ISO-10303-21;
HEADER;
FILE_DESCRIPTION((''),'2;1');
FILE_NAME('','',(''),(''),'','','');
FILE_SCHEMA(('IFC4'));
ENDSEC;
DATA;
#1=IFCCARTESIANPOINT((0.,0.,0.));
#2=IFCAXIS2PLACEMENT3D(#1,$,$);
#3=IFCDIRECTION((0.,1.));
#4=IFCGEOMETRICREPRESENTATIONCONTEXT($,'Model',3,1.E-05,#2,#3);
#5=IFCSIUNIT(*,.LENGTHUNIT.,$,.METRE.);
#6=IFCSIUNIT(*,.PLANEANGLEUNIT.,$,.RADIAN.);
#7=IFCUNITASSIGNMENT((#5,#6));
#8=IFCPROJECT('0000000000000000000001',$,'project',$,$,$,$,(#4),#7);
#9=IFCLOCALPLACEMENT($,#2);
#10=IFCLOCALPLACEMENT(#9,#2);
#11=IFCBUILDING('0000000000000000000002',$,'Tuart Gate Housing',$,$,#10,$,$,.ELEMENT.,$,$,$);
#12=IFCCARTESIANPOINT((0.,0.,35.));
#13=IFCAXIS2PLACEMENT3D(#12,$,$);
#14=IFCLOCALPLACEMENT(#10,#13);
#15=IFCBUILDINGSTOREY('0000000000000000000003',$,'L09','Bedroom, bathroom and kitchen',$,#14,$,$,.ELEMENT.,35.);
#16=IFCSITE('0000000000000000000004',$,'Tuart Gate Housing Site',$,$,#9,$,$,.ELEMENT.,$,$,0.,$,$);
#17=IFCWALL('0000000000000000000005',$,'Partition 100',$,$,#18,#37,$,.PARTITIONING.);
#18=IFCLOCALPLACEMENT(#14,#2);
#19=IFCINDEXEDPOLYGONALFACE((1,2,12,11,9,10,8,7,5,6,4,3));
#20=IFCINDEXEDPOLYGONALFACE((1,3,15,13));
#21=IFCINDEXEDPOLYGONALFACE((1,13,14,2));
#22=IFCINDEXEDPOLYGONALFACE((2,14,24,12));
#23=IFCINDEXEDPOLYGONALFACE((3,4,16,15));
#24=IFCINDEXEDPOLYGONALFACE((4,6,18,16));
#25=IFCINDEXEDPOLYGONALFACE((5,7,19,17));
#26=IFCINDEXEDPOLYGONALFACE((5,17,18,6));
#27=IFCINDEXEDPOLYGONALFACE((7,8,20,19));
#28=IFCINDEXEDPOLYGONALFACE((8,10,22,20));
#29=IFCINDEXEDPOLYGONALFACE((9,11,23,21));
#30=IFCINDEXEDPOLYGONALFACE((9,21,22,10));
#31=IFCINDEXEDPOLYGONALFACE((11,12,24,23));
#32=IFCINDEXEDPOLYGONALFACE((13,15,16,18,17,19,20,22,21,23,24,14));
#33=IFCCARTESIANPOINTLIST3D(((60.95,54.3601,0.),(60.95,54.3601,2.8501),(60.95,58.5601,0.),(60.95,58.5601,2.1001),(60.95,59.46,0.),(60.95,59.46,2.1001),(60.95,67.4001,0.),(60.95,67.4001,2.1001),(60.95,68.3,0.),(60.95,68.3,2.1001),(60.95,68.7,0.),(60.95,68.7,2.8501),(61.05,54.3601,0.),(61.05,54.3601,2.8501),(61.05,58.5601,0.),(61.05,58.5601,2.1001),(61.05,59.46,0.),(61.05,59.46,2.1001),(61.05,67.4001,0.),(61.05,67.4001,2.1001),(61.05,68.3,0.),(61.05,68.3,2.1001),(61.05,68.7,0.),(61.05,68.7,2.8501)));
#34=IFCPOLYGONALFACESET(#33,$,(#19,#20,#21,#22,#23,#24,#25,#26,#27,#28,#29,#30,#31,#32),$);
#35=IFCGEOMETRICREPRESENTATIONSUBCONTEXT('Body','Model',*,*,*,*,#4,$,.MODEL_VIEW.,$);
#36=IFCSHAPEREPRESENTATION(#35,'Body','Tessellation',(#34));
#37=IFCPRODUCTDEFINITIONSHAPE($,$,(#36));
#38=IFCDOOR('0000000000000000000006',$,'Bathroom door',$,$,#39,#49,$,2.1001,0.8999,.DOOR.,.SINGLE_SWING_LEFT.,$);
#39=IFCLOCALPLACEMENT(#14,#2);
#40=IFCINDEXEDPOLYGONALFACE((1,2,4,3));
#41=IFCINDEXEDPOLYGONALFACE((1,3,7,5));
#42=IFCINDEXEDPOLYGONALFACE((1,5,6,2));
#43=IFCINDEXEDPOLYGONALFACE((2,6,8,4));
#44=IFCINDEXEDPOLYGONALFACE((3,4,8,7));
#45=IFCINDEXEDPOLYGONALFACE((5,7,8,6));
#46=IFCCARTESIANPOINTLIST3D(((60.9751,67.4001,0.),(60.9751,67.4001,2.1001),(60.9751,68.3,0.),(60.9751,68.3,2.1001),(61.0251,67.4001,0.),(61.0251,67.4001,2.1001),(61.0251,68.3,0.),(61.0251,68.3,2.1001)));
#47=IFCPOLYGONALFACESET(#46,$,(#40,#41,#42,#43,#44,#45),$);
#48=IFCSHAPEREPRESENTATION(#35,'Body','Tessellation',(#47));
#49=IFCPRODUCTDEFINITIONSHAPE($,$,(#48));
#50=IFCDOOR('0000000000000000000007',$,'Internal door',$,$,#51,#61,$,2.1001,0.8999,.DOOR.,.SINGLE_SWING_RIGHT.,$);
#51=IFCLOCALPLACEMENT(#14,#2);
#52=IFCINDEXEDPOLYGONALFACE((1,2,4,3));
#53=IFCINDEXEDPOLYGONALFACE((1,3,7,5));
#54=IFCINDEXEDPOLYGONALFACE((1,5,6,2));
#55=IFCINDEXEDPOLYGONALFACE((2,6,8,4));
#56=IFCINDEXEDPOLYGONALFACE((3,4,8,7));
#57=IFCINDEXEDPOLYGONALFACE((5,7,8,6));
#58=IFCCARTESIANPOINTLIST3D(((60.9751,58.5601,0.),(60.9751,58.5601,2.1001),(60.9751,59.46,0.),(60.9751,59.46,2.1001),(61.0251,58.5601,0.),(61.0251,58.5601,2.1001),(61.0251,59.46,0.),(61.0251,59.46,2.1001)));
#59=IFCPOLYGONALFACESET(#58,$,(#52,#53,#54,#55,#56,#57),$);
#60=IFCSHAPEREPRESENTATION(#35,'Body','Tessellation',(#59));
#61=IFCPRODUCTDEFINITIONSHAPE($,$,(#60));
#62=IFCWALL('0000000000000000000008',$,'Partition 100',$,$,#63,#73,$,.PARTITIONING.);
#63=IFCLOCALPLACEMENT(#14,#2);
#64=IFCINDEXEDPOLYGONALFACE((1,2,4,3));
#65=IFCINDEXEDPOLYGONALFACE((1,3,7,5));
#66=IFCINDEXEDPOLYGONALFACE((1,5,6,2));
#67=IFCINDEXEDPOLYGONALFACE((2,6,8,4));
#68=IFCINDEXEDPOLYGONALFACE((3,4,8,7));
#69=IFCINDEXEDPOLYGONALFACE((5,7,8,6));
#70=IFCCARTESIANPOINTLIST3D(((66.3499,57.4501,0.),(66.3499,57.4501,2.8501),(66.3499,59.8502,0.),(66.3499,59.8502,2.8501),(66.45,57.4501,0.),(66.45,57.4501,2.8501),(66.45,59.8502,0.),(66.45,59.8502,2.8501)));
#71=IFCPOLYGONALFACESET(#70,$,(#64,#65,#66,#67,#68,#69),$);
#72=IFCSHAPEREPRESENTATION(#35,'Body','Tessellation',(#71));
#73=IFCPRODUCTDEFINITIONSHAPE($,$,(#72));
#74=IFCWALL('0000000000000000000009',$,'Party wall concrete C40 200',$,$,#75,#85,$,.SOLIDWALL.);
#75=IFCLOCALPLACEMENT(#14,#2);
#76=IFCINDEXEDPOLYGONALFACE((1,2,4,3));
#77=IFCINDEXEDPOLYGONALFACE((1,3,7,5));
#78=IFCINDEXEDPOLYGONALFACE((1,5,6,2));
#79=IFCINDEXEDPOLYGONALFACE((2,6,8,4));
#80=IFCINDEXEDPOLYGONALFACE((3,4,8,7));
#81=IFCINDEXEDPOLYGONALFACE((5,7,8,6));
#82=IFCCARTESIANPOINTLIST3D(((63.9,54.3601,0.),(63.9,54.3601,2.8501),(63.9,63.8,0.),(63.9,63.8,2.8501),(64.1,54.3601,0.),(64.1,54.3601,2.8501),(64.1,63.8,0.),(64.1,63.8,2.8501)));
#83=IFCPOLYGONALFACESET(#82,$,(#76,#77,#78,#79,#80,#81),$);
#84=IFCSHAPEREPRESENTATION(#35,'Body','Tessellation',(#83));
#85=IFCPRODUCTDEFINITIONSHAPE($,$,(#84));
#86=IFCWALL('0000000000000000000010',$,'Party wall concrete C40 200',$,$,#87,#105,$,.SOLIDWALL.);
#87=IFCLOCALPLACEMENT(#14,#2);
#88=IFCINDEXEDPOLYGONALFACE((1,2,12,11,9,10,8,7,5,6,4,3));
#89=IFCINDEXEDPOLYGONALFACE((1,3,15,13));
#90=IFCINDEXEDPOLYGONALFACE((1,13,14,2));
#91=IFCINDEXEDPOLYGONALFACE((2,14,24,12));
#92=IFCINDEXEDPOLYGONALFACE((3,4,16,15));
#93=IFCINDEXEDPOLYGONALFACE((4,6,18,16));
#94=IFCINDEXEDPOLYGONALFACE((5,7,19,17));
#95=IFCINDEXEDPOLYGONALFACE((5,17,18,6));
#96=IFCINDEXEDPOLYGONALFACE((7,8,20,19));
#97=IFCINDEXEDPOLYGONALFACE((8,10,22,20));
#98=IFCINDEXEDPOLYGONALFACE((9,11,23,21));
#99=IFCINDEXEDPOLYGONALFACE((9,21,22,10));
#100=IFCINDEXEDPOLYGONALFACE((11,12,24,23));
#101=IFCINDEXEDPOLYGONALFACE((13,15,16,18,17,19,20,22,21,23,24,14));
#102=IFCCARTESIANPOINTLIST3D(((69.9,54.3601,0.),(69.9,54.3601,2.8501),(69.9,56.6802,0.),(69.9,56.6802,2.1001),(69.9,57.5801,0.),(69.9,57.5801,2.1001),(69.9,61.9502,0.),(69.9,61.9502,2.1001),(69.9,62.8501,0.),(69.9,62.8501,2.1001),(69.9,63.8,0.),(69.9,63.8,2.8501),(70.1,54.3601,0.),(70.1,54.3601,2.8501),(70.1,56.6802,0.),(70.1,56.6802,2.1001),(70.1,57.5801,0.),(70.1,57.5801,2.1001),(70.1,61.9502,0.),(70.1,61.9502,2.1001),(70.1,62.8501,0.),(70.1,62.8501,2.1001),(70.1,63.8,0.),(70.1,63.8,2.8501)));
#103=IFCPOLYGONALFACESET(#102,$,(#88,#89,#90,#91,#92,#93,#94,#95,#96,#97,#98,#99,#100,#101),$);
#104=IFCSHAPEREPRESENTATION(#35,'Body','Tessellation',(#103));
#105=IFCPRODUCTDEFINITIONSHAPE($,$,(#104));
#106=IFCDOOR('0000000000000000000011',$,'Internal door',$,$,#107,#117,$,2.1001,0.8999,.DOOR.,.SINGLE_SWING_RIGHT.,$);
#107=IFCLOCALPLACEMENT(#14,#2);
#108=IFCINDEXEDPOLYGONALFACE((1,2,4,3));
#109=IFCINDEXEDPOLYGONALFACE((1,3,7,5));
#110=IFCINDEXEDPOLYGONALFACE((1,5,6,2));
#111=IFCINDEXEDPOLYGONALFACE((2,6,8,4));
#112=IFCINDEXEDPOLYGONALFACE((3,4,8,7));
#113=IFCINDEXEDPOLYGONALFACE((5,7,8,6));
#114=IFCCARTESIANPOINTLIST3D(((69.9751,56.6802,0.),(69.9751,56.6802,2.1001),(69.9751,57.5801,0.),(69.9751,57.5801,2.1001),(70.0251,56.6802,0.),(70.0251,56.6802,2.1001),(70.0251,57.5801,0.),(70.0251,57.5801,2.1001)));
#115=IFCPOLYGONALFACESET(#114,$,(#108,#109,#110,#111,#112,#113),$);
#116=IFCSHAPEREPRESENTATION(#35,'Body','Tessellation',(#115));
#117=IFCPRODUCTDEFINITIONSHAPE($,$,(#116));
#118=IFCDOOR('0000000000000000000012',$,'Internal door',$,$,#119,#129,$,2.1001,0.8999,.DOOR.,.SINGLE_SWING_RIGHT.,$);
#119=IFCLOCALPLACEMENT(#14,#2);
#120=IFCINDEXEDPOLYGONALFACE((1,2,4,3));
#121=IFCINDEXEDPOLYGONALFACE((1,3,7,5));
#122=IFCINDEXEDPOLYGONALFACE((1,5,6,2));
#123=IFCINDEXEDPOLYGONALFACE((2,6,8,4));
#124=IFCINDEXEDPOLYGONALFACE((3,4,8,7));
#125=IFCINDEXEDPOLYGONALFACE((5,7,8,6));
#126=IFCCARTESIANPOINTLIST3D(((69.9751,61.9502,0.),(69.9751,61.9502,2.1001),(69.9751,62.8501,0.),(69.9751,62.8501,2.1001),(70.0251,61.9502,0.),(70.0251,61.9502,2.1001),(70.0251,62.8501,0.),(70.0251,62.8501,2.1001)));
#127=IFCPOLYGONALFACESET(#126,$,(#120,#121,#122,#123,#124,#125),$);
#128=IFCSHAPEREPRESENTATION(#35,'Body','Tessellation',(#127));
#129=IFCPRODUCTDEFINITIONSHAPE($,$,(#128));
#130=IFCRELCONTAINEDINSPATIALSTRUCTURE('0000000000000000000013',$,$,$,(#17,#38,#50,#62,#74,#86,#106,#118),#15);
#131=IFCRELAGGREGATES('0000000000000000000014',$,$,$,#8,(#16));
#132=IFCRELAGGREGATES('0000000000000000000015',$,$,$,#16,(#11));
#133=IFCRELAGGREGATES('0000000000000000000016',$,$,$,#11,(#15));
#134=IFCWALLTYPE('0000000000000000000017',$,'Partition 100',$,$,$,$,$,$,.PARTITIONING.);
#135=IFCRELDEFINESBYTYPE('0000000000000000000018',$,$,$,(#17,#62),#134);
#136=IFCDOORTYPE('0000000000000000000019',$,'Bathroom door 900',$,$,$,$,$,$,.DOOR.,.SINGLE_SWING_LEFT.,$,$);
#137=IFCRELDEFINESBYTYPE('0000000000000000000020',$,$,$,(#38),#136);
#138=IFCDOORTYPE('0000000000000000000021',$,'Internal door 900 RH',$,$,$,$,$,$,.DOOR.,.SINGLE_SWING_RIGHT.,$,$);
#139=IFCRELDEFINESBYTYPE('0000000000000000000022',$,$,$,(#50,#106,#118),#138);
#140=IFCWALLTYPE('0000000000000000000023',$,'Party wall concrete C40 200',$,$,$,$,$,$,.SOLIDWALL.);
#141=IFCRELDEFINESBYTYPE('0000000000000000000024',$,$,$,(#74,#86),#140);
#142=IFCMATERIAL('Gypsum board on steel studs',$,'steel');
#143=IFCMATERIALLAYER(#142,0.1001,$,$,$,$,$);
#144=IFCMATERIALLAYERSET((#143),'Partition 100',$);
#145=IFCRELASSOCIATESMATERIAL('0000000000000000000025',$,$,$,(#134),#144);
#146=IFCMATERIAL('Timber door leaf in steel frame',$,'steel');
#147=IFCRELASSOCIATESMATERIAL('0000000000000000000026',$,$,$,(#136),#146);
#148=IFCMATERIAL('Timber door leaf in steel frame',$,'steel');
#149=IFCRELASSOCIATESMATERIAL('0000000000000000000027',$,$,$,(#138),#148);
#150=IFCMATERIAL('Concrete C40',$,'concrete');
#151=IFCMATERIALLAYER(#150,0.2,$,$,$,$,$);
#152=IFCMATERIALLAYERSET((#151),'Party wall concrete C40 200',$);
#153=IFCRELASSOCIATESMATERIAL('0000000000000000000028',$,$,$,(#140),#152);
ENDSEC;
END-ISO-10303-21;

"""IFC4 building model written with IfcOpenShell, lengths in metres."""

from ifc_helpers import new_model, si_unit, direction, frame, frame_2d, origin, place, context, subcontext, project, spatial, rectangle, extrude, material, layer, layer_set, type_object, element, fill, save


model = new_model("IFC4")

# Units and contexts
model_context = context("Model", 3, precision=1e-05, world=origin(), true_north=direction((0.0, 1.0)))
body_context = subcontext(model_context, "Body", "Model", "MODEL_VIEW")
ifc_project = project(units=[si_unit("LENGTHUNIT", "METRE"), si_unit("PLANEANGLEUNIT", "RADIAN")], contexts=[model_context])

# Site, building, storey
site_placement = place(None, origin())
site = spatial("IfcSite", under=ifc_project, at=site_placement, Name="Tuart Gate Housing Site", CompositionType="ELEMENT", RefElevation=0.0)
building_placement = place(site_placement, origin())
building = spatial("IfcBuilding", under=site, at=building_placement, Name="Tuart Gate Housing", CompositionType="ELEMENT")
storey_placement = place(building_placement, frame((0.0, 0.0, 35.0)))
storey = spatial("IfcBuildingStorey", under=building, at=storey_placement, Name="L09", Description="Bedroom, bathroom and kitchen", CompositionType="ELEMENT", Elevation=35.0)

# Shared definitions
ifc_material_1 = material(Name="Gypsum board on steel studs", Category="steel")
ifc_layer_1 = layer(ifc_material_1, 0.1001)
ifc_layer_set_1 = layer_set([ifc_layer_1], Name="Partition 100")
wall_type_1 = type_object("IfcWallType", Name="Partition 100", PredefinedType="PARTITIONING", material=ifc_layer_set_1)

# Shared definitions
ifc_material_2 = material(Name="Timber door leaf in steel frame", Category="steel")
door_type_1 = type_object("IfcDoorType", Name="Bathroom door 900", OperationType="SINGLE_SWING_LEFT", PredefinedType="DOOR", material=ifc_material_2)
ifc_material_3 = material(Name="Timber door leaf in steel frame", Category="steel")
door_type_2 = type_object("IfcDoorType", Name="Internal door 900 RH", OperationType="SINGLE_SWING_RIGHT", PredefinedType="DOOR", material=ifc_material_3)

# Wall, openings, doors
wall_1_placement = place(storey_placement, frame((61.0, 54.3601, 0.0), z_axis=(0.0, 0.0, 1.0), x_axis=(0.0, 1.0, 0.0)))
wall_1 = element("IfcWall", 1, at=wall_1_placement, inside=storey, type_object=wall_type_1, Name="Partition 100", PredefinedType="PARTITIONING", context=body_context, shape_type="SweptSolid", body=[
    extrude(rectangle(XDim=14.3398, YDim=0.1001, at=frame_2d((7.1699, 0.0))), origin(), (0.0, 0.0, 1.0), 2.8501),
])
opening_1_placement = place(wall_1_placement, frame((4.2, 0.0, 0.0)))
opening_1 = element("IfcOpeningElement", 2, at=opening_1_placement, cuts=wall_1, PredefinedType="OPENING", context=body_context, shape_type="SweptSolid", body=[
    extrude(rectangle(XDim=0.8999, YDim=2.1001, at=frame_2d((0.45, 1.05))), frame((0.0, 0.0601, 0.0), z_axis=(0.0, -1.0, 0.0), x_axis=(1.0, 0.0, 0.0)), (0.0, 0.0, 1.0), 0.1201),
])
opening_2_placement = place(wall_1_placement, frame((13.04, 0.0, 0.0)))
opening_2 = element("IfcOpeningElement", 3, at=opening_2_placement, cuts=wall_1, PredefinedType="OPENING", context=body_context, shape_type="SweptSolid", body=[
    extrude(rectangle(XDim=0.8999, YDim=2.1001, at=frame_2d((0.45, 1.05))), frame((0.0, 0.0601, 0.0), z_axis=(0.0, -1.0, 0.0), x_axis=(1.0, 0.0, 0.0)), (0.0, 0.0, 1.0), 0.1201),
])
door_1_placement = place(opening_2_placement, frame((0.8999, 0.0, 0.0), z_axis=(0.0, 0.0, 1.0), x_axis=(-1.0, 0.0, 0.0)))
door_1 = element("IfcDoor", 4, at=door_1_placement, inside=storey, type_object=door_type_1, Name="Bathroom door", OperationType="SINGLE_SWING_LEFT", OverallHeight=2.1001, OverallWidth=0.8999, PredefinedType="DOOR", context=body_context, shape_type="SweptSolid", body=[
    extrude(rectangle(XDim=0.8999, YDim=2.1001, at=frame_2d((0.45, 1.05))), frame((0.0, 0.0251, 0.0), z_axis=(0.0, -1.0, 0.0), x_axis=(1.0, 0.0, 0.0)), (0.0, 0.0, 1.0), 0.05),
])
fill(opening_2, door_1)
door_2_placement = place(opening_1_placement, frame((0.8999, 0.0, 0.0), z_axis=(0.0, 0.0, 1.0), x_axis=(-1.0, 0.0, 0.0)))
door_2 = element("IfcDoor", 5, at=door_2_placement, inside=storey, type_object=door_type_2, Name="Internal door", OperationType="SINGLE_SWING_RIGHT", OverallHeight=2.1001, OverallWidth=0.8999, PredefinedType="DOOR", context=body_context, shape_type="SweptSolid", body=[
    extrude(rectangle(XDim=0.8999, YDim=2.1001, at=frame_2d((0.45, 1.05))), frame((0.0, 0.0251, 0.0), z_axis=(0.0, -1.0, 0.0), x_axis=(1.0, 0.0, 0.0)), (0.0, 0.0, 1.0), 0.05),
])
fill(opening_1, door_2)

# Walls
wall_2_placement = place(storey_placement, frame((66.3999, 57.45, 0.0), z_axis=(0.0, 0.0, 1.0), x_axis=(0.0, 1.0, 0.0)))
element("IfcWall", 6, at=wall_2_placement, inside=storey, type_object=wall_type_1, Name="Partition 100", PredefinedType="PARTITIONING", context=body_context, shape_type="SweptSolid", body=[
    extrude(rectangle(XDim=2.4001, YDim=0.1001, at=frame_2d((1.2002, 0.0))), origin(), (0.0, 0.0, 1.0), 2.8501),
])
ifc_material_4 = material(Name="Concrete C40", Category="concrete")
ifc_layer_2 = layer(ifc_material_4, 0.2)
ifc_layer_set_2 = layer_set([ifc_layer_2], Name="Party wall concrete C40 200")
wall_type_2 = type_object("IfcWallType", Name="Party wall concrete C40 200", PredefinedType="SOLIDWALL", material=ifc_layer_set_2)
wall_3_placement = place(storey_placement, frame((64.0, 54.3601, 0.0), z_axis=(0.0, 0.0, 1.0), x_axis=(0.0, 1.0, 0.0)))
element("IfcWall", 7, at=wall_3_placement, inside=storey, type_object=wall_type_2, Name="Party wall concrete C40 200", PredefinedType="SOLIDWALL", context=body_context, shape_type="SweptSolid", body=[
    extrude(rectangle(XDim=9.4399, YDim=0.2, at=frame_2d((4.72, 0.0))), origin(), (0.0, 0.0, 1.0), 2.8501),
])

# Wall, openings, doors
wall_4_placement = place(storey_placement, frame((70.0, 54.3601, 0.0), z_axis=(0.0, 0.0, 1.0), x_axis=(0.0, 1.0, 0.0)))
wall_4 = element("IfcWall", 8, at=wall_4_placement, inside=storey, type_object=wall_type_2, Name="Party wall concrete C40 200", PredefinedType="SOLIDWALL", context=body_context, shape_type="SweptSolid", body=[
    extrude(rectangle(XDim=9.4399, YDim=0.2, at=frame_2d((4.72, 0.0))), origin(), (0.0, 0.0, 1.0), 2.8501),
])
opening_3_placement = place(wall_4_placement, frame((2.3201, 0.0, 0.0)))
opening_3 = element("IfcOpeningElement", 9, at=opening_3_placement, cuts=wall_4, PredefinedType="OPENING", context=body_context, shape_type="SweptSolid", body=[
    extrude(rectangle(XDim=0.8999, YDim=2.1001, at=frame_2d((0.45, 1.05))), frame((0.0, 0.1099, 0.0), z_axis=(0.0, -1.0, 0.0), x_axis=(1.0, 0.0, 0.0)), (0.0, 0.0, 1.0), 0.22),
])
opening_4_placement = place(wall_4_placement, frame((7.5901, 0.0, 0.0)))
opening_4 = element("IfcOpeningElement", 10, at=opening_4_placement, cuts=wall_4, PredefinedType="OPENING", context=body_context, shape_type="SweptSolid", body=[
    extrude(rectangle(XDim=0.8999, YDim=2.1001, at=frame_2d((0.45, 1.05))), frame((0.0, 0.1099, 0.0), z_axis=(0.0, -1.0, 0.0), x_axis=(1.0, 0.0, 0.0)), (0.0, 0.0, 1.0), 0.22),
])
door_3_placement = place(opening_3_placement, frame((0.8999, 0.0, 0.0), z_axis=(0.0, 0.0, 1.0), x_axis=(-1.0, 0.0, 0.0)))
door_3 = element("IfcDoor", 11, at=door_3_placement, inside=storey, type_object=door_type_2, Name="Internal door", OperationType="SINGLE_SWING_RIGHT", OverallHeight=2.1001, OverallWidth=0.8999, PredefinedType="DOOR", context=body_context, shape_type="SweptSolid", body=[
    extrude(rectangle(XDim=0.8999, YDim=2.1001, at=frame_2d((0.45, 1.05))), frame((0.0, 0.0251, 0.0), z_axis=(0.0, -1.0, 0.0), x_axis=(1.0, 0.0, 0.0)), (0.0, 0.0, 1.0), 0.05),
])
fill(opening_3, door_3)
door_4_placement = place(opening_4_placement, frame((0.8999, 0.0, 0.0), z_axis=(0.0, 0.0, 1.0), x_axis=(-1.0, 0.0, 0.0)))
door_4 = element("IfcDoor", 12, at=door_4_placement, inside=storey, type_object=door_type_2, Name="Internal door", OperationType="SINGLE_SWING_RIGHT", OverallHeight=2.1001, OverallWidth=0.8999, PredefinedType="DOOR", context=body_context, shape_type="SweptSolid", body=[
    extrude(rectangle(XDim=0.8999, YDim=2.1001, at=frame_2d((0.45, 1.05))), frame((0.0, 0.0251, 0.0), z_axis=(0.0, -1.0, 0.0), x_axis=(1.0, 0.0, 0.0)), (0.0, 0.0, 1.0), 0.05),
])
fill(opening_4, door_4)

save(model, "model.ifc")
